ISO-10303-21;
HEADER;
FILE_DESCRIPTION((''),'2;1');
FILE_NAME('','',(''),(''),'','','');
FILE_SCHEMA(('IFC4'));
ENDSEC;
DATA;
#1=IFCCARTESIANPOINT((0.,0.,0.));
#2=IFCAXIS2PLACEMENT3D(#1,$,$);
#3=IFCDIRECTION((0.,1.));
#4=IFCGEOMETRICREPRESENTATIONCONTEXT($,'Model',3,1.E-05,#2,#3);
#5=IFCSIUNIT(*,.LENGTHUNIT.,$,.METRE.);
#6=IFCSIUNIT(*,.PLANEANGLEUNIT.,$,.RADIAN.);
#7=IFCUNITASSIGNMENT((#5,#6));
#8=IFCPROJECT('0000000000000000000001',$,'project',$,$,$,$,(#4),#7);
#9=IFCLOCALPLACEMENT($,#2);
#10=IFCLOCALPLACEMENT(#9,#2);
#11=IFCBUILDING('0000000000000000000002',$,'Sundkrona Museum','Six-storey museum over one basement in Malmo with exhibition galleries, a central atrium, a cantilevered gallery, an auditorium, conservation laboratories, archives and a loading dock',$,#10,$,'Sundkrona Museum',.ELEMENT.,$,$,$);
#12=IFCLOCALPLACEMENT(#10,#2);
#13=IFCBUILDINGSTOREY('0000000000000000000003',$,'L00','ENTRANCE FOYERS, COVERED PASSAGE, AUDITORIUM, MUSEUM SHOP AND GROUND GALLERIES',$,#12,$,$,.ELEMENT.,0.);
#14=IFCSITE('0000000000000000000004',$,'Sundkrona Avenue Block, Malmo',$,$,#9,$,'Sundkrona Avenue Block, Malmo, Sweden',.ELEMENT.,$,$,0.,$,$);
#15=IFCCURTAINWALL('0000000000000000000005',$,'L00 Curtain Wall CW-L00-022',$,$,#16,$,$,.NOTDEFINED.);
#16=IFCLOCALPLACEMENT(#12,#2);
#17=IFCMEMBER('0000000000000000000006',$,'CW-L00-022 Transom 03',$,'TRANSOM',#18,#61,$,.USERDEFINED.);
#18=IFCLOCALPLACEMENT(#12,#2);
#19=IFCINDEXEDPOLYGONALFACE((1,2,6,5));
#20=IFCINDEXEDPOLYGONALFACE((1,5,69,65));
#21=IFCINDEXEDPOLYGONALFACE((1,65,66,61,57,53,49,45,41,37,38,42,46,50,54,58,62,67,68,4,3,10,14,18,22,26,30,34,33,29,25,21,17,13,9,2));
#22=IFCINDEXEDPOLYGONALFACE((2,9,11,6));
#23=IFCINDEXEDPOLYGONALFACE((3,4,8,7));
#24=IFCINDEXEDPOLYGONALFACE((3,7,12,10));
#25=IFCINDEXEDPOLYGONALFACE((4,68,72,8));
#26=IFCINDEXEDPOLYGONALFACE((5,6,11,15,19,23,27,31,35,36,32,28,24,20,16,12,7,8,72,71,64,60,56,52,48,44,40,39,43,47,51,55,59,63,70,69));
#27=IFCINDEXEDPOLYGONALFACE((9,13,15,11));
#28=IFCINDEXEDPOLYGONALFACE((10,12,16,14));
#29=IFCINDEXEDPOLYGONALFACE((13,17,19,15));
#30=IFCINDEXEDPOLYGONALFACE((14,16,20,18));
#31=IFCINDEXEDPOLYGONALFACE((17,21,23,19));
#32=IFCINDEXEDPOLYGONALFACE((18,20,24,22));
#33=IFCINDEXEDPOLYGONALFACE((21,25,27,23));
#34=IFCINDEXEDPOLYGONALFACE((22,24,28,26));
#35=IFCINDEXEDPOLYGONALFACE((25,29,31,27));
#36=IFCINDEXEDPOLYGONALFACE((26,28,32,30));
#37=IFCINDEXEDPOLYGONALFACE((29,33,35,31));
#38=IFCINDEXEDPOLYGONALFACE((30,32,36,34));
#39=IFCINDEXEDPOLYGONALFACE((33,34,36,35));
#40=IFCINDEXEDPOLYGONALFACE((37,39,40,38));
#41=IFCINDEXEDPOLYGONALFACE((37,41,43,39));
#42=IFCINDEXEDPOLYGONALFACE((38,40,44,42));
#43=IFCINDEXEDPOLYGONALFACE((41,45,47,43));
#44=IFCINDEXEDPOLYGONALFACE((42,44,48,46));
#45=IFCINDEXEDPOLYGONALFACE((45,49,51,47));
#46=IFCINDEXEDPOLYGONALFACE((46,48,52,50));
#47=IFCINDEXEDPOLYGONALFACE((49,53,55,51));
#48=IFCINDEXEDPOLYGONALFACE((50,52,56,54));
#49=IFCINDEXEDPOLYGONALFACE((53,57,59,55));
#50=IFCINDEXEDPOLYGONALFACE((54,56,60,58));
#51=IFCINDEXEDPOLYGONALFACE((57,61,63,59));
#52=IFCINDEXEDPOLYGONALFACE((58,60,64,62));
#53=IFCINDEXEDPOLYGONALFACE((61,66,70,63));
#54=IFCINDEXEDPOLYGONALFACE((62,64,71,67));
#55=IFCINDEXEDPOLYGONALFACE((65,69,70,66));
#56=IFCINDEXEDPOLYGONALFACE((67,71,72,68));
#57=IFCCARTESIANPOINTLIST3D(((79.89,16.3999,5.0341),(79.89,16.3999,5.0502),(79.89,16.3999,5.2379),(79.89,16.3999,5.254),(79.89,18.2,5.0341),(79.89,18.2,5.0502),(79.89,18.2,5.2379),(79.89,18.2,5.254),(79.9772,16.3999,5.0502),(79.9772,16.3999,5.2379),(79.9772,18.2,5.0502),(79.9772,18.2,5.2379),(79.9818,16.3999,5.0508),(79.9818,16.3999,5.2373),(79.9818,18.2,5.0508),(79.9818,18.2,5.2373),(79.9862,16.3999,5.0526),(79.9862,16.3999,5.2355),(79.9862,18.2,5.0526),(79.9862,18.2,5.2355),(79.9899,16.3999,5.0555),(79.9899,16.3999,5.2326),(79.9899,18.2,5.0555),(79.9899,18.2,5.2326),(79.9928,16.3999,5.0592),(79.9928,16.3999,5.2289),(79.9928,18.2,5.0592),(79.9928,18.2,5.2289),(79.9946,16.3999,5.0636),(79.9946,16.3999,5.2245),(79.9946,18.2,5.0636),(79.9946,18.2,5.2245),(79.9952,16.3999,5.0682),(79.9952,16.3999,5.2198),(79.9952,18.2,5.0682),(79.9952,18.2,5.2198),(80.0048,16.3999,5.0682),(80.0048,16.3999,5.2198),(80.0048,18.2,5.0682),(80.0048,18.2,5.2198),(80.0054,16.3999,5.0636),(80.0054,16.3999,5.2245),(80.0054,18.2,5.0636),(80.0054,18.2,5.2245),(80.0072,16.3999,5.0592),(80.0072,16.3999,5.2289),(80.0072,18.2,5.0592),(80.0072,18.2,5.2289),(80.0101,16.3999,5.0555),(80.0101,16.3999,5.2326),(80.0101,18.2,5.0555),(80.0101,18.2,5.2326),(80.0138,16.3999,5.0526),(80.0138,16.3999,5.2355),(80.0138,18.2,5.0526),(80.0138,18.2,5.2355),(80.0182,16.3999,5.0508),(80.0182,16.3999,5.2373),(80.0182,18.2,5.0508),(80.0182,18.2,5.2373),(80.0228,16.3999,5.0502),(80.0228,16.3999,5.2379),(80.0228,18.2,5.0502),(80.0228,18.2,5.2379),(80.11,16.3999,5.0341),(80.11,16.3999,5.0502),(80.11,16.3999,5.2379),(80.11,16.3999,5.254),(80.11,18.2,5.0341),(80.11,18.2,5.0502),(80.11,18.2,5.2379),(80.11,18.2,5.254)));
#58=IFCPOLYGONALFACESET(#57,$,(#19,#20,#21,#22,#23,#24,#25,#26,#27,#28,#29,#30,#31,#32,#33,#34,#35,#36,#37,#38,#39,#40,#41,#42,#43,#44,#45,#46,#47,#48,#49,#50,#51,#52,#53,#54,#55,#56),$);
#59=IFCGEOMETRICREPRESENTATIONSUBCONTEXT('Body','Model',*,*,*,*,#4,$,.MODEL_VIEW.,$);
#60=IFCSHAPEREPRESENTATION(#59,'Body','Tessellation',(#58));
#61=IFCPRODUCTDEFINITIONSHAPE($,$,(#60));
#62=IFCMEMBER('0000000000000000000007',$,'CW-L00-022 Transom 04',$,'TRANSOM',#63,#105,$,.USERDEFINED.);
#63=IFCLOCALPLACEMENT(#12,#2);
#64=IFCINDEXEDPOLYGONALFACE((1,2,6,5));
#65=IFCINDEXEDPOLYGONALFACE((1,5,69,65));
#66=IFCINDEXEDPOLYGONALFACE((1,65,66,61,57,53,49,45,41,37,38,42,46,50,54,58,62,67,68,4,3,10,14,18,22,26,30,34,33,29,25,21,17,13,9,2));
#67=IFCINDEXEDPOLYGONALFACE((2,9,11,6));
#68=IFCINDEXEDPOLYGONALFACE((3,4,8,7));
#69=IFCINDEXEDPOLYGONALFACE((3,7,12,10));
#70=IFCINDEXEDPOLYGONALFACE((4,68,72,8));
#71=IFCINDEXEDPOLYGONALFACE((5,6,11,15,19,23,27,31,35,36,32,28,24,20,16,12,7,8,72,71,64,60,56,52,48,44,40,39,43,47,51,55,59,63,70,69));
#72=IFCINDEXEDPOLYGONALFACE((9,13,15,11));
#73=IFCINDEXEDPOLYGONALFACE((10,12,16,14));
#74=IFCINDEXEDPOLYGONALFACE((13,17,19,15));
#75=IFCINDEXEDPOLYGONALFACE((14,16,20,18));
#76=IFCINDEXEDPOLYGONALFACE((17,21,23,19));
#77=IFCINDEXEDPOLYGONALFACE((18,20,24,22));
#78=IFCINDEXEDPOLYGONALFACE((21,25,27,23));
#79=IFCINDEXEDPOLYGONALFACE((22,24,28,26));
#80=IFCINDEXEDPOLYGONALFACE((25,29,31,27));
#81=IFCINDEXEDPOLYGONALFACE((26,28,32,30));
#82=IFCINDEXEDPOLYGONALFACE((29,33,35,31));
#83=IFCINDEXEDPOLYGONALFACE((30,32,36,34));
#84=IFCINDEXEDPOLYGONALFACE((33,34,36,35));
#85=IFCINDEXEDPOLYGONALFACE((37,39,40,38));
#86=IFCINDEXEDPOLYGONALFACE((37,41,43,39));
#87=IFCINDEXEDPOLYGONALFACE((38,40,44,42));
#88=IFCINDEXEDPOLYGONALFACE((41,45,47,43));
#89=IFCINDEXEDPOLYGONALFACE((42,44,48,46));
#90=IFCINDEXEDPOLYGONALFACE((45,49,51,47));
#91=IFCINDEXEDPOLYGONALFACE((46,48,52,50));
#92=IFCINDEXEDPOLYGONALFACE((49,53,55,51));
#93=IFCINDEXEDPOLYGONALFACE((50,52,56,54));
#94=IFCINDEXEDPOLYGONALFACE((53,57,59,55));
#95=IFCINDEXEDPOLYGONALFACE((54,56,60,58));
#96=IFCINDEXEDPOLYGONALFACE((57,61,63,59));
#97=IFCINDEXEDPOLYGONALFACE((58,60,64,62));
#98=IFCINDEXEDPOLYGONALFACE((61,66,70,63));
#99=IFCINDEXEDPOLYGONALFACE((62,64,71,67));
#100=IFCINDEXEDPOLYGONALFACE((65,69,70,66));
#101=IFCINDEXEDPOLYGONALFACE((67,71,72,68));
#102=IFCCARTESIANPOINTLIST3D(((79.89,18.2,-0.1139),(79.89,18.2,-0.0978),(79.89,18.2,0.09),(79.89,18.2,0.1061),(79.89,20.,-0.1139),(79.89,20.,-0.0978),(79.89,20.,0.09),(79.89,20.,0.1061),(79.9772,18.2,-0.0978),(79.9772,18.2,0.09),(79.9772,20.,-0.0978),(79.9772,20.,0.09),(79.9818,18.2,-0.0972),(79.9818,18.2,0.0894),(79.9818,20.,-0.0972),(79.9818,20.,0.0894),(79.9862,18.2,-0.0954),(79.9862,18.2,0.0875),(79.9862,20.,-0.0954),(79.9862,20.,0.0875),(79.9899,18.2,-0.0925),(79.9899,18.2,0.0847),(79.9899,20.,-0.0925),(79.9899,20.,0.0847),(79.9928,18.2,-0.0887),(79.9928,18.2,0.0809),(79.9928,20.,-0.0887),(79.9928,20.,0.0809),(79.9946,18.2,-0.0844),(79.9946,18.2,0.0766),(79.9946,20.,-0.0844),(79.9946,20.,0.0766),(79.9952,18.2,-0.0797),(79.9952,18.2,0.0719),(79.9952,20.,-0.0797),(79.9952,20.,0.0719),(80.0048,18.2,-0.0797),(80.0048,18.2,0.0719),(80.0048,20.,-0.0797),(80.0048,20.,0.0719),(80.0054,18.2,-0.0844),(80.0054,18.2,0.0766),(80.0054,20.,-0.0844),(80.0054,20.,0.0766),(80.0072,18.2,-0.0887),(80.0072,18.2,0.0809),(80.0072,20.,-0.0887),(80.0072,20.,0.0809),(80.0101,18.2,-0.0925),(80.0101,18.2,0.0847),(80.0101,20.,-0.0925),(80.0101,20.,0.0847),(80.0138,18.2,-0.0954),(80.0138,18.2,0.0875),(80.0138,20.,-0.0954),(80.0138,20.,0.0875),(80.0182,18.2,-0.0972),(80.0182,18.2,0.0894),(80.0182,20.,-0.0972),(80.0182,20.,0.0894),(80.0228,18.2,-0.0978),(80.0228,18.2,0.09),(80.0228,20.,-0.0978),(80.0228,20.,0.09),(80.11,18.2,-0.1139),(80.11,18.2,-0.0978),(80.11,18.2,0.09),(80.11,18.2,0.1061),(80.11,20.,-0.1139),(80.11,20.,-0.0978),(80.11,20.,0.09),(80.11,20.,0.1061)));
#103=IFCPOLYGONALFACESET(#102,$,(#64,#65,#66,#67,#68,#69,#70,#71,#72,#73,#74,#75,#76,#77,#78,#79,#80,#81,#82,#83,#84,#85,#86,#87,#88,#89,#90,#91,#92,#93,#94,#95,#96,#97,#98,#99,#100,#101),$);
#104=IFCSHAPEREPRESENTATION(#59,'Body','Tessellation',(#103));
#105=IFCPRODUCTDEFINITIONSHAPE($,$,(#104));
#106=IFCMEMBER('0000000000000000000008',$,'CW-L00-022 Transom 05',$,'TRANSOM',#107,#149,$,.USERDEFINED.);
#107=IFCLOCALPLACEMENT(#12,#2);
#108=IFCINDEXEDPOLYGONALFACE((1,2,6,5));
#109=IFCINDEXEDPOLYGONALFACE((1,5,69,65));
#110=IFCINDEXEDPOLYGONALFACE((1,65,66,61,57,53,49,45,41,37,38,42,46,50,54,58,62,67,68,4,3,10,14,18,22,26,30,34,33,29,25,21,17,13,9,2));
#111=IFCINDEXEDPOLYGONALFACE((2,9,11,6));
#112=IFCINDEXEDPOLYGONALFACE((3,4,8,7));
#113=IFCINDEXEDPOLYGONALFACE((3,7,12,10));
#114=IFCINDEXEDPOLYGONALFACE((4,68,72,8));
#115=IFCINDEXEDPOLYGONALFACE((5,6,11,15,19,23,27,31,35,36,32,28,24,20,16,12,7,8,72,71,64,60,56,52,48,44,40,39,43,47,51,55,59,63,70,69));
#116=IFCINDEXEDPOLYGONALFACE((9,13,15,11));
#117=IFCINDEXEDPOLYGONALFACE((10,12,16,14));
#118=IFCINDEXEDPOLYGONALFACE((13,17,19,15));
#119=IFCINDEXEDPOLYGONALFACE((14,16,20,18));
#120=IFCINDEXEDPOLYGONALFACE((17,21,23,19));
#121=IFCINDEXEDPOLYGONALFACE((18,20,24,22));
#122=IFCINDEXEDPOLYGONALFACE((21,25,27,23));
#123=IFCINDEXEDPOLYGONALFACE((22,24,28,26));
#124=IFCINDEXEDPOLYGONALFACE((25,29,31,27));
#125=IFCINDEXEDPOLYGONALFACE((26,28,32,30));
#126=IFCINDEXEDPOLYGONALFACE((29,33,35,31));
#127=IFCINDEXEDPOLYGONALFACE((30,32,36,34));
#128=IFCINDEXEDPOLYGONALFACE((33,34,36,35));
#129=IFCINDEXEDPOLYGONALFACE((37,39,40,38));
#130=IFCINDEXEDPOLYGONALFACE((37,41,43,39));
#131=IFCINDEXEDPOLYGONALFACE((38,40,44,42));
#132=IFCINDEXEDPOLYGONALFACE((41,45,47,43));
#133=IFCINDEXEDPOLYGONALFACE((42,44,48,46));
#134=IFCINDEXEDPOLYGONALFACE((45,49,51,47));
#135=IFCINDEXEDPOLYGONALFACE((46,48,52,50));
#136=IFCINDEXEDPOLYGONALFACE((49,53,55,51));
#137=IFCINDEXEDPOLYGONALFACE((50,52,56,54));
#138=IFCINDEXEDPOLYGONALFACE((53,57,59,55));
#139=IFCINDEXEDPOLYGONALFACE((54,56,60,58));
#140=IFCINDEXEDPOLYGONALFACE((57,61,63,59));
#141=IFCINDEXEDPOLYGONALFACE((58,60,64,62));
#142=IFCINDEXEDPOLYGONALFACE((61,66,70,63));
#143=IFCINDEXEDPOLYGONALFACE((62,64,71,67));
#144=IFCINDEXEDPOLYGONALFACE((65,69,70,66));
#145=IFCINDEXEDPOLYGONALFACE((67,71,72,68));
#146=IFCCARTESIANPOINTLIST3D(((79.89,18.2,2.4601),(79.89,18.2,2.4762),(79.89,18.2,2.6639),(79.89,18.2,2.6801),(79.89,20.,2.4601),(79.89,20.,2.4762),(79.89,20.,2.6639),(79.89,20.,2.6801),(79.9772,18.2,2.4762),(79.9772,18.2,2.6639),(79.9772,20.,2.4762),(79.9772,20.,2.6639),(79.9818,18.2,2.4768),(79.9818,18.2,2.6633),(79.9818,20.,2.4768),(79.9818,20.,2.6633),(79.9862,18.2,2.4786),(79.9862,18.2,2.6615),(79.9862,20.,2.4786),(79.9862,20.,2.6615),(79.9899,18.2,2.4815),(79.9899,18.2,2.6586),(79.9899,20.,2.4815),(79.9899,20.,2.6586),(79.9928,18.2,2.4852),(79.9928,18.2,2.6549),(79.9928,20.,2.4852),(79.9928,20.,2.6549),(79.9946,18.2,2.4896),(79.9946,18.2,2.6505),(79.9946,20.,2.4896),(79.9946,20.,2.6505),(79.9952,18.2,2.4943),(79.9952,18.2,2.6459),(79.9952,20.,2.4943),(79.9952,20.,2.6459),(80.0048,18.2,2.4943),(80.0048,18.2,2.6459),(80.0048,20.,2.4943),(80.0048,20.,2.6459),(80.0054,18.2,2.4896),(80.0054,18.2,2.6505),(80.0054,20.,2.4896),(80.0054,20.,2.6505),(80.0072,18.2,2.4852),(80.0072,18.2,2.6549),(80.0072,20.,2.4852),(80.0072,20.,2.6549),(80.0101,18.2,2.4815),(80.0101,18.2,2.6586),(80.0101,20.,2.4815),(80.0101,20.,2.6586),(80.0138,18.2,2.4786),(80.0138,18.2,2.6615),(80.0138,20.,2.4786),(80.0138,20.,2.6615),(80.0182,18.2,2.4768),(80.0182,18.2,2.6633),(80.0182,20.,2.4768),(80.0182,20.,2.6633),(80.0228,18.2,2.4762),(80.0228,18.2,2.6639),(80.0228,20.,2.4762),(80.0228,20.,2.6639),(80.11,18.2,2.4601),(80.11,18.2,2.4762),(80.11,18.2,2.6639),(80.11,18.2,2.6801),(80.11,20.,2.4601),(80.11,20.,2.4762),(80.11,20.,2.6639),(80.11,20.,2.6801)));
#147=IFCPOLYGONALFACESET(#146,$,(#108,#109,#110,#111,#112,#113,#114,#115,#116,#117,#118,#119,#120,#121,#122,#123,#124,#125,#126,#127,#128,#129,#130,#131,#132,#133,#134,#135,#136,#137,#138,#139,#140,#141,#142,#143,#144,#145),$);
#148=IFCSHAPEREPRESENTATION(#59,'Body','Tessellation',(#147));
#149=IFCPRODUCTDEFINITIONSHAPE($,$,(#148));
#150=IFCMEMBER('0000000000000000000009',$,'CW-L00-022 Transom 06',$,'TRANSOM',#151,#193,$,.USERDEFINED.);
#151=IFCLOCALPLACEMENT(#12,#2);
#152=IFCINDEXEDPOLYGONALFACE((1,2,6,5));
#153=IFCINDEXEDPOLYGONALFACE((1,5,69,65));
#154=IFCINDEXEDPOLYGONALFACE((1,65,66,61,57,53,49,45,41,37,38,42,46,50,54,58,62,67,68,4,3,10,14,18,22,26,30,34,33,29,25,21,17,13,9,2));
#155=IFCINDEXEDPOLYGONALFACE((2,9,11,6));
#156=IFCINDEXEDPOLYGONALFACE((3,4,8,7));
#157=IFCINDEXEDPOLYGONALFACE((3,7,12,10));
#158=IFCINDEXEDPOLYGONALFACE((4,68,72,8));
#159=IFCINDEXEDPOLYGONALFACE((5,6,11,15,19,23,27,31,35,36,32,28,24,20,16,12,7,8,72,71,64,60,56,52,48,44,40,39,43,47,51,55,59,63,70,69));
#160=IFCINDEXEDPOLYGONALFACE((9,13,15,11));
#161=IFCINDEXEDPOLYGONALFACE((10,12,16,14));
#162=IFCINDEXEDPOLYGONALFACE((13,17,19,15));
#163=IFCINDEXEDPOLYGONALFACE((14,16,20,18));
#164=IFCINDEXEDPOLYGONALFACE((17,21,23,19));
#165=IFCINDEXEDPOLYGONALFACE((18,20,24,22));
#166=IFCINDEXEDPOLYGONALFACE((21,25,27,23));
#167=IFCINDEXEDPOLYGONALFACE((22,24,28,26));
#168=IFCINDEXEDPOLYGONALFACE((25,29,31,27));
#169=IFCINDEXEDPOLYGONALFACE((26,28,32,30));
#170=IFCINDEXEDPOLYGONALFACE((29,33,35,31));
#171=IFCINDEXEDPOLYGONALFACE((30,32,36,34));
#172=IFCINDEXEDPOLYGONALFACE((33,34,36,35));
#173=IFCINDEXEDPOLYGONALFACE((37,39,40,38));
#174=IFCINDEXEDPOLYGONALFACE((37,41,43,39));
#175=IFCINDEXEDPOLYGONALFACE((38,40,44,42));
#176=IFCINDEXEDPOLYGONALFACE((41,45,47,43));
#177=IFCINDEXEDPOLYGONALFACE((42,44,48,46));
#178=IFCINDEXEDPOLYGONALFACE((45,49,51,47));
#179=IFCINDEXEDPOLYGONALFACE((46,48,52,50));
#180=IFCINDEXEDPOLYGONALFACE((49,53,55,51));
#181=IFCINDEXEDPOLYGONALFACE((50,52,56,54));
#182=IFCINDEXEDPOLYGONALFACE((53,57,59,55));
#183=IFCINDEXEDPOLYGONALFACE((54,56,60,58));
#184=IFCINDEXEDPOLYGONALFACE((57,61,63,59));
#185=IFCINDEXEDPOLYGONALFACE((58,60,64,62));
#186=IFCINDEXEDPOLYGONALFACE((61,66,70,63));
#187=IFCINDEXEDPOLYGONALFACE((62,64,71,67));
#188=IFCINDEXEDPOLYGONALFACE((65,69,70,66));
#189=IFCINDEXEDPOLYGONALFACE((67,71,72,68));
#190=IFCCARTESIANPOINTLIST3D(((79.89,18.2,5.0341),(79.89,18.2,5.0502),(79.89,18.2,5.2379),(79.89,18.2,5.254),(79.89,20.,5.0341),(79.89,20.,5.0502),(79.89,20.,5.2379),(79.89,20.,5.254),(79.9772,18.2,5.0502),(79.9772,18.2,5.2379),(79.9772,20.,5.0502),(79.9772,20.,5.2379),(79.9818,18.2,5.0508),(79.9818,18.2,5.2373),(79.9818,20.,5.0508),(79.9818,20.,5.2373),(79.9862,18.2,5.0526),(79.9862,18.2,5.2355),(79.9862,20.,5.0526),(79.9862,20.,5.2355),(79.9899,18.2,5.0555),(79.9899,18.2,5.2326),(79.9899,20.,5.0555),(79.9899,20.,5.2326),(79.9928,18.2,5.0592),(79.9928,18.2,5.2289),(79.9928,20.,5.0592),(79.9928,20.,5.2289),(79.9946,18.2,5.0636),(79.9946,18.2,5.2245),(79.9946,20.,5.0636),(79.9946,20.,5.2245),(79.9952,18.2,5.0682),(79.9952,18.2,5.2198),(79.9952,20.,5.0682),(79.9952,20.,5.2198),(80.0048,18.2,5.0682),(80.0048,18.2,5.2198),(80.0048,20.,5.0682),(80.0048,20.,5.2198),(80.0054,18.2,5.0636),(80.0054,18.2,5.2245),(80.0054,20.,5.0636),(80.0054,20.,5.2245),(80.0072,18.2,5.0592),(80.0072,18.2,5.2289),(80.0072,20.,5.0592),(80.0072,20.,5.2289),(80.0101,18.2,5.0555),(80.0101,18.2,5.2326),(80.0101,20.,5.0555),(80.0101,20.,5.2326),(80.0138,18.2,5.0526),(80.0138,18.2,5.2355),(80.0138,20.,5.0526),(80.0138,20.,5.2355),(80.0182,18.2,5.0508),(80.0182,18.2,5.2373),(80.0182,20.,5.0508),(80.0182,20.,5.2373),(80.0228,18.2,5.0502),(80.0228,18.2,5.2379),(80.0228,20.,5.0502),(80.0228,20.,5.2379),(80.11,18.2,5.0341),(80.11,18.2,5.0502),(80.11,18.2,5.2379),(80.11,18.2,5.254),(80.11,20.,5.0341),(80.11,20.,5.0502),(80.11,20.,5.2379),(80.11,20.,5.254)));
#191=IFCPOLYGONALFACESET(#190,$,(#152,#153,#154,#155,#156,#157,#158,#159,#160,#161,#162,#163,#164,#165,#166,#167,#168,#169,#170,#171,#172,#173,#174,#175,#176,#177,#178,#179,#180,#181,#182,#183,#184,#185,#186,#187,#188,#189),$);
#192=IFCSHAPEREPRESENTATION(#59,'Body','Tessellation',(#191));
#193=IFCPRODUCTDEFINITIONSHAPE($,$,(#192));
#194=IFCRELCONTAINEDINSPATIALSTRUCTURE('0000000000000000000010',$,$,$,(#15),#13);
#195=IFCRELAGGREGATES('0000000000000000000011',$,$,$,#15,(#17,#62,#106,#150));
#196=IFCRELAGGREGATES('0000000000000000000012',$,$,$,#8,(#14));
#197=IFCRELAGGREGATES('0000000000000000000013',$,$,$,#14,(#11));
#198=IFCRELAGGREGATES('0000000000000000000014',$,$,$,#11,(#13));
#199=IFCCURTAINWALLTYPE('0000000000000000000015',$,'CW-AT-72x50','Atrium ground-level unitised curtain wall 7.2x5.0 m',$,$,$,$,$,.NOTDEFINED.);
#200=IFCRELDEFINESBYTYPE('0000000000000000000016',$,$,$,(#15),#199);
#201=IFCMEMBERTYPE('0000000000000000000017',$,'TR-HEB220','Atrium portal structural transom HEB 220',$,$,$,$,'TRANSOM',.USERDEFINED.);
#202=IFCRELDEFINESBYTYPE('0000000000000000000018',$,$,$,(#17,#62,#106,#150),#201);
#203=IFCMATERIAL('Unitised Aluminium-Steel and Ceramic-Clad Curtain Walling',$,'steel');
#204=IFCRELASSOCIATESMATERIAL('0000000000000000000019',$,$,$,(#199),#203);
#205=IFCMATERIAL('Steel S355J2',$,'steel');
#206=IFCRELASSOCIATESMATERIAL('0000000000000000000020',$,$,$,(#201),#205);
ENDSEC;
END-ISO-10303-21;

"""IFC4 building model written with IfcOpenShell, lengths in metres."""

from ifc_helpers import new_model, si_unit, direction, frame, origin, origin_2d, place, context, subcontext, project, spatial, i_section, extrude, material, material_profile, profile_set, type_object, element, aggregate, save


model = new_model("IFC4")

# Units and contexts
model_context = context("Model", 3, precision=1e-05, world=origin(), true_north=direction((0.0, 1.0)))
body_context = subcontext(model_context, "Body", "Model", "MODEL_VIEW")
ifc_project = project(units=[si_unit("LENGTHUNIT", "METRE"), si_unit("PLANEANGLEUNIT", "RADIAN")], contexts=[model_context])

# Site, building, storey
site_placement = place(None, origin())
site = spatial("IfcSite", under=ifc_project, at=site_placement, Name="Sundkrona Avenue Block, Malmo", LongName="Sundkrona Avenue Block, Malmo, Sweden", CompositionType="ELEMENT", RefElevation=0.0)
building_placement = place(site_placement, origin())
building = spatial("IfcBuilding", under=site, at=building_placement, Name="Sundkrona Museum", Description="Six-storey museum over one basement in Malmo with exhibition galleries, a central atrium, a cantilevered gallery, an auditorium, conservation laboratories, archives and a loading dock", LongName="Sundkrona Museum", CompositionType="ELEMENT")
storey_placement = place(building_placement, origin())
storey = spatial("IfcBuildingStorey", under=building, at=storey_placement, Name="L00", Description="ENTRANCE FOYERS, COVERED PASSAGE, AUDITORIUM, MUSEUM SHOP AND GROUND GALLERIES", CompositionType="ELEMENT", Elevation=0.0)

# Shared definitions
ifc_material_1 = material(Name="Steel S355J2", Category="steel")

# Curtain wall
ifc_material_2 = material(Name="Unitised Aluminium-Steel and Ceramic-Clad Curtain Walling", Category="steel")
curtain_wall_type = type_object("IfcCurtainWallType", Name="CW-AT-72x50", Description="Atrium ground-level unitised curtain wall 7.2x5.0 m", PredefinedType="NOTDEFINED", material=ifc_material_2)
curtain_wall_1_placement = place(storey_placement, origin())
curtain_wall_1 = element("IfcCurtainWall", 1, at=curtain_wall_1_placement, inside=storey, type_object=curtain_wall_type, Name="L00 Curtain Wall CW-L00-022", PredefinedType="NOTDEFINED")

# Members
ifc_material_profile_1 = material_profile(ifc_material_1, i_section(OverallWidth=0.22, OverallDepth=0.22, WebThickness=0.0095, FlangeThickness=0.0161, FilletRadius=0.0181, at=origin_2d()), Name="HEB 220")
ifc_profile_set_1 = profile_set([ifc_material_profile_1], Name="Steel S355J2")
member_type_1 = type_object("IfcMemberType", Name="TR-HEB220", Description="Atrium portal structural transom HEB 220", ElementType="TRANSOM", PredefinedType="USERDEFINED", material=ifc_profile_set_1)
member_1_placement = place(storey_placement, frame((80.0, 16.3999, 5.144), z_axis=(0.0, 1.0, 0.0), x_axis=(-1.0, 0.0, 0.0)))
member_1 = element("IfcMember", 2, at=member_1_placement, type_object=member_type_1, Name="CW-L00-022 Transom 03", ObjectType="TRANSOM", PredefinedType="USERDEFINED", context=body_context, shape_type="SweptSolid", body=[
    extrude(i_section(OverallWidth=0.22, OverallDepth=0.22, WebThickness=0.0095, FlangeThickness=0.0161, FilletRadius=0.0181, at=origin_2d()), origin(), (0.0, 0.0, 1.0), 1.8),
])
member_2_placement = place(storey_placement, frame((80.0, 18.2, -0.0039), z_axis=(0.0, 1.0, 0.0), x_axis=(-1.0, 0.0, 0.0)))
member_2 = element("IfcMember", 3, at=member_2_placement, type_object=member_type_1, Name="CW-L00-022 Transom 04", ObjectType="TRANSOM", PredefinedType="USERDEFINED", context=body_context, shape_type="SweptSolid", body=[
    extrude(i_section(OverallWidth=0.22, OverallDepth=0.22, WebThickness=0.0095, FlangeThickness=0.0161, FilletRadius=0.0181, at=origin_2d()), origin(), (0.0, 0.0, 1.0), 1.8),
])
member_3_placement = place(storey_placement, frame((80.0, 18.2, 2.5701), z_axis=(0.0, 1.0, 0.0), x_axis=(-1.0, 0.0, 0.0)))
member_3 = element("IfcMember", 4, at=member_3_placement, type_object=member_type_1, Name="CW-L00-022 Transom 05", ObjectType="TRANSOM", PredefinedType="USERDEFINED", context=body_context, shape_type="SweptSolid", body=[
    extrude(i_section(OverallWidth=0.22, OverallDepth=0.22, WebThickness=0.0095, FlangeThickness=0.0161, FilletRadius=0.0181, at=origin_2d()), origin(), (0.0, 0.0, 1.0), 1.8),
])
member_4_placement = place(storey_placement, frame((80.0, 18.2, 5.144), z_axis=(0.0, 1.0, 0.0), x_axis=(-1.0, 0.0, 0.0)))
member_4 = element("IfcMember", 5, at=member_4_placement, type_object=member_type_1, Name="CW-L00-022 Transom 06", ObjectType="TRANSOM", PredefinedType="USERDEFINED", context=body_context, shape_type="SweptSolid", body=[
    extrude(i_section(OverallWidth=0.22, OverallDepth=0.22, WebThickness=0.0095, FlangeThickness=0.0161, FilletRadius=0.0181, at=origin_2d()), origin(), (0.0, 0.0, 1.0), 1.8),
])

aggregate(curtain_wall_1, [member_1, member_2, member_3, member_4])

save(model, "model.ifc")
